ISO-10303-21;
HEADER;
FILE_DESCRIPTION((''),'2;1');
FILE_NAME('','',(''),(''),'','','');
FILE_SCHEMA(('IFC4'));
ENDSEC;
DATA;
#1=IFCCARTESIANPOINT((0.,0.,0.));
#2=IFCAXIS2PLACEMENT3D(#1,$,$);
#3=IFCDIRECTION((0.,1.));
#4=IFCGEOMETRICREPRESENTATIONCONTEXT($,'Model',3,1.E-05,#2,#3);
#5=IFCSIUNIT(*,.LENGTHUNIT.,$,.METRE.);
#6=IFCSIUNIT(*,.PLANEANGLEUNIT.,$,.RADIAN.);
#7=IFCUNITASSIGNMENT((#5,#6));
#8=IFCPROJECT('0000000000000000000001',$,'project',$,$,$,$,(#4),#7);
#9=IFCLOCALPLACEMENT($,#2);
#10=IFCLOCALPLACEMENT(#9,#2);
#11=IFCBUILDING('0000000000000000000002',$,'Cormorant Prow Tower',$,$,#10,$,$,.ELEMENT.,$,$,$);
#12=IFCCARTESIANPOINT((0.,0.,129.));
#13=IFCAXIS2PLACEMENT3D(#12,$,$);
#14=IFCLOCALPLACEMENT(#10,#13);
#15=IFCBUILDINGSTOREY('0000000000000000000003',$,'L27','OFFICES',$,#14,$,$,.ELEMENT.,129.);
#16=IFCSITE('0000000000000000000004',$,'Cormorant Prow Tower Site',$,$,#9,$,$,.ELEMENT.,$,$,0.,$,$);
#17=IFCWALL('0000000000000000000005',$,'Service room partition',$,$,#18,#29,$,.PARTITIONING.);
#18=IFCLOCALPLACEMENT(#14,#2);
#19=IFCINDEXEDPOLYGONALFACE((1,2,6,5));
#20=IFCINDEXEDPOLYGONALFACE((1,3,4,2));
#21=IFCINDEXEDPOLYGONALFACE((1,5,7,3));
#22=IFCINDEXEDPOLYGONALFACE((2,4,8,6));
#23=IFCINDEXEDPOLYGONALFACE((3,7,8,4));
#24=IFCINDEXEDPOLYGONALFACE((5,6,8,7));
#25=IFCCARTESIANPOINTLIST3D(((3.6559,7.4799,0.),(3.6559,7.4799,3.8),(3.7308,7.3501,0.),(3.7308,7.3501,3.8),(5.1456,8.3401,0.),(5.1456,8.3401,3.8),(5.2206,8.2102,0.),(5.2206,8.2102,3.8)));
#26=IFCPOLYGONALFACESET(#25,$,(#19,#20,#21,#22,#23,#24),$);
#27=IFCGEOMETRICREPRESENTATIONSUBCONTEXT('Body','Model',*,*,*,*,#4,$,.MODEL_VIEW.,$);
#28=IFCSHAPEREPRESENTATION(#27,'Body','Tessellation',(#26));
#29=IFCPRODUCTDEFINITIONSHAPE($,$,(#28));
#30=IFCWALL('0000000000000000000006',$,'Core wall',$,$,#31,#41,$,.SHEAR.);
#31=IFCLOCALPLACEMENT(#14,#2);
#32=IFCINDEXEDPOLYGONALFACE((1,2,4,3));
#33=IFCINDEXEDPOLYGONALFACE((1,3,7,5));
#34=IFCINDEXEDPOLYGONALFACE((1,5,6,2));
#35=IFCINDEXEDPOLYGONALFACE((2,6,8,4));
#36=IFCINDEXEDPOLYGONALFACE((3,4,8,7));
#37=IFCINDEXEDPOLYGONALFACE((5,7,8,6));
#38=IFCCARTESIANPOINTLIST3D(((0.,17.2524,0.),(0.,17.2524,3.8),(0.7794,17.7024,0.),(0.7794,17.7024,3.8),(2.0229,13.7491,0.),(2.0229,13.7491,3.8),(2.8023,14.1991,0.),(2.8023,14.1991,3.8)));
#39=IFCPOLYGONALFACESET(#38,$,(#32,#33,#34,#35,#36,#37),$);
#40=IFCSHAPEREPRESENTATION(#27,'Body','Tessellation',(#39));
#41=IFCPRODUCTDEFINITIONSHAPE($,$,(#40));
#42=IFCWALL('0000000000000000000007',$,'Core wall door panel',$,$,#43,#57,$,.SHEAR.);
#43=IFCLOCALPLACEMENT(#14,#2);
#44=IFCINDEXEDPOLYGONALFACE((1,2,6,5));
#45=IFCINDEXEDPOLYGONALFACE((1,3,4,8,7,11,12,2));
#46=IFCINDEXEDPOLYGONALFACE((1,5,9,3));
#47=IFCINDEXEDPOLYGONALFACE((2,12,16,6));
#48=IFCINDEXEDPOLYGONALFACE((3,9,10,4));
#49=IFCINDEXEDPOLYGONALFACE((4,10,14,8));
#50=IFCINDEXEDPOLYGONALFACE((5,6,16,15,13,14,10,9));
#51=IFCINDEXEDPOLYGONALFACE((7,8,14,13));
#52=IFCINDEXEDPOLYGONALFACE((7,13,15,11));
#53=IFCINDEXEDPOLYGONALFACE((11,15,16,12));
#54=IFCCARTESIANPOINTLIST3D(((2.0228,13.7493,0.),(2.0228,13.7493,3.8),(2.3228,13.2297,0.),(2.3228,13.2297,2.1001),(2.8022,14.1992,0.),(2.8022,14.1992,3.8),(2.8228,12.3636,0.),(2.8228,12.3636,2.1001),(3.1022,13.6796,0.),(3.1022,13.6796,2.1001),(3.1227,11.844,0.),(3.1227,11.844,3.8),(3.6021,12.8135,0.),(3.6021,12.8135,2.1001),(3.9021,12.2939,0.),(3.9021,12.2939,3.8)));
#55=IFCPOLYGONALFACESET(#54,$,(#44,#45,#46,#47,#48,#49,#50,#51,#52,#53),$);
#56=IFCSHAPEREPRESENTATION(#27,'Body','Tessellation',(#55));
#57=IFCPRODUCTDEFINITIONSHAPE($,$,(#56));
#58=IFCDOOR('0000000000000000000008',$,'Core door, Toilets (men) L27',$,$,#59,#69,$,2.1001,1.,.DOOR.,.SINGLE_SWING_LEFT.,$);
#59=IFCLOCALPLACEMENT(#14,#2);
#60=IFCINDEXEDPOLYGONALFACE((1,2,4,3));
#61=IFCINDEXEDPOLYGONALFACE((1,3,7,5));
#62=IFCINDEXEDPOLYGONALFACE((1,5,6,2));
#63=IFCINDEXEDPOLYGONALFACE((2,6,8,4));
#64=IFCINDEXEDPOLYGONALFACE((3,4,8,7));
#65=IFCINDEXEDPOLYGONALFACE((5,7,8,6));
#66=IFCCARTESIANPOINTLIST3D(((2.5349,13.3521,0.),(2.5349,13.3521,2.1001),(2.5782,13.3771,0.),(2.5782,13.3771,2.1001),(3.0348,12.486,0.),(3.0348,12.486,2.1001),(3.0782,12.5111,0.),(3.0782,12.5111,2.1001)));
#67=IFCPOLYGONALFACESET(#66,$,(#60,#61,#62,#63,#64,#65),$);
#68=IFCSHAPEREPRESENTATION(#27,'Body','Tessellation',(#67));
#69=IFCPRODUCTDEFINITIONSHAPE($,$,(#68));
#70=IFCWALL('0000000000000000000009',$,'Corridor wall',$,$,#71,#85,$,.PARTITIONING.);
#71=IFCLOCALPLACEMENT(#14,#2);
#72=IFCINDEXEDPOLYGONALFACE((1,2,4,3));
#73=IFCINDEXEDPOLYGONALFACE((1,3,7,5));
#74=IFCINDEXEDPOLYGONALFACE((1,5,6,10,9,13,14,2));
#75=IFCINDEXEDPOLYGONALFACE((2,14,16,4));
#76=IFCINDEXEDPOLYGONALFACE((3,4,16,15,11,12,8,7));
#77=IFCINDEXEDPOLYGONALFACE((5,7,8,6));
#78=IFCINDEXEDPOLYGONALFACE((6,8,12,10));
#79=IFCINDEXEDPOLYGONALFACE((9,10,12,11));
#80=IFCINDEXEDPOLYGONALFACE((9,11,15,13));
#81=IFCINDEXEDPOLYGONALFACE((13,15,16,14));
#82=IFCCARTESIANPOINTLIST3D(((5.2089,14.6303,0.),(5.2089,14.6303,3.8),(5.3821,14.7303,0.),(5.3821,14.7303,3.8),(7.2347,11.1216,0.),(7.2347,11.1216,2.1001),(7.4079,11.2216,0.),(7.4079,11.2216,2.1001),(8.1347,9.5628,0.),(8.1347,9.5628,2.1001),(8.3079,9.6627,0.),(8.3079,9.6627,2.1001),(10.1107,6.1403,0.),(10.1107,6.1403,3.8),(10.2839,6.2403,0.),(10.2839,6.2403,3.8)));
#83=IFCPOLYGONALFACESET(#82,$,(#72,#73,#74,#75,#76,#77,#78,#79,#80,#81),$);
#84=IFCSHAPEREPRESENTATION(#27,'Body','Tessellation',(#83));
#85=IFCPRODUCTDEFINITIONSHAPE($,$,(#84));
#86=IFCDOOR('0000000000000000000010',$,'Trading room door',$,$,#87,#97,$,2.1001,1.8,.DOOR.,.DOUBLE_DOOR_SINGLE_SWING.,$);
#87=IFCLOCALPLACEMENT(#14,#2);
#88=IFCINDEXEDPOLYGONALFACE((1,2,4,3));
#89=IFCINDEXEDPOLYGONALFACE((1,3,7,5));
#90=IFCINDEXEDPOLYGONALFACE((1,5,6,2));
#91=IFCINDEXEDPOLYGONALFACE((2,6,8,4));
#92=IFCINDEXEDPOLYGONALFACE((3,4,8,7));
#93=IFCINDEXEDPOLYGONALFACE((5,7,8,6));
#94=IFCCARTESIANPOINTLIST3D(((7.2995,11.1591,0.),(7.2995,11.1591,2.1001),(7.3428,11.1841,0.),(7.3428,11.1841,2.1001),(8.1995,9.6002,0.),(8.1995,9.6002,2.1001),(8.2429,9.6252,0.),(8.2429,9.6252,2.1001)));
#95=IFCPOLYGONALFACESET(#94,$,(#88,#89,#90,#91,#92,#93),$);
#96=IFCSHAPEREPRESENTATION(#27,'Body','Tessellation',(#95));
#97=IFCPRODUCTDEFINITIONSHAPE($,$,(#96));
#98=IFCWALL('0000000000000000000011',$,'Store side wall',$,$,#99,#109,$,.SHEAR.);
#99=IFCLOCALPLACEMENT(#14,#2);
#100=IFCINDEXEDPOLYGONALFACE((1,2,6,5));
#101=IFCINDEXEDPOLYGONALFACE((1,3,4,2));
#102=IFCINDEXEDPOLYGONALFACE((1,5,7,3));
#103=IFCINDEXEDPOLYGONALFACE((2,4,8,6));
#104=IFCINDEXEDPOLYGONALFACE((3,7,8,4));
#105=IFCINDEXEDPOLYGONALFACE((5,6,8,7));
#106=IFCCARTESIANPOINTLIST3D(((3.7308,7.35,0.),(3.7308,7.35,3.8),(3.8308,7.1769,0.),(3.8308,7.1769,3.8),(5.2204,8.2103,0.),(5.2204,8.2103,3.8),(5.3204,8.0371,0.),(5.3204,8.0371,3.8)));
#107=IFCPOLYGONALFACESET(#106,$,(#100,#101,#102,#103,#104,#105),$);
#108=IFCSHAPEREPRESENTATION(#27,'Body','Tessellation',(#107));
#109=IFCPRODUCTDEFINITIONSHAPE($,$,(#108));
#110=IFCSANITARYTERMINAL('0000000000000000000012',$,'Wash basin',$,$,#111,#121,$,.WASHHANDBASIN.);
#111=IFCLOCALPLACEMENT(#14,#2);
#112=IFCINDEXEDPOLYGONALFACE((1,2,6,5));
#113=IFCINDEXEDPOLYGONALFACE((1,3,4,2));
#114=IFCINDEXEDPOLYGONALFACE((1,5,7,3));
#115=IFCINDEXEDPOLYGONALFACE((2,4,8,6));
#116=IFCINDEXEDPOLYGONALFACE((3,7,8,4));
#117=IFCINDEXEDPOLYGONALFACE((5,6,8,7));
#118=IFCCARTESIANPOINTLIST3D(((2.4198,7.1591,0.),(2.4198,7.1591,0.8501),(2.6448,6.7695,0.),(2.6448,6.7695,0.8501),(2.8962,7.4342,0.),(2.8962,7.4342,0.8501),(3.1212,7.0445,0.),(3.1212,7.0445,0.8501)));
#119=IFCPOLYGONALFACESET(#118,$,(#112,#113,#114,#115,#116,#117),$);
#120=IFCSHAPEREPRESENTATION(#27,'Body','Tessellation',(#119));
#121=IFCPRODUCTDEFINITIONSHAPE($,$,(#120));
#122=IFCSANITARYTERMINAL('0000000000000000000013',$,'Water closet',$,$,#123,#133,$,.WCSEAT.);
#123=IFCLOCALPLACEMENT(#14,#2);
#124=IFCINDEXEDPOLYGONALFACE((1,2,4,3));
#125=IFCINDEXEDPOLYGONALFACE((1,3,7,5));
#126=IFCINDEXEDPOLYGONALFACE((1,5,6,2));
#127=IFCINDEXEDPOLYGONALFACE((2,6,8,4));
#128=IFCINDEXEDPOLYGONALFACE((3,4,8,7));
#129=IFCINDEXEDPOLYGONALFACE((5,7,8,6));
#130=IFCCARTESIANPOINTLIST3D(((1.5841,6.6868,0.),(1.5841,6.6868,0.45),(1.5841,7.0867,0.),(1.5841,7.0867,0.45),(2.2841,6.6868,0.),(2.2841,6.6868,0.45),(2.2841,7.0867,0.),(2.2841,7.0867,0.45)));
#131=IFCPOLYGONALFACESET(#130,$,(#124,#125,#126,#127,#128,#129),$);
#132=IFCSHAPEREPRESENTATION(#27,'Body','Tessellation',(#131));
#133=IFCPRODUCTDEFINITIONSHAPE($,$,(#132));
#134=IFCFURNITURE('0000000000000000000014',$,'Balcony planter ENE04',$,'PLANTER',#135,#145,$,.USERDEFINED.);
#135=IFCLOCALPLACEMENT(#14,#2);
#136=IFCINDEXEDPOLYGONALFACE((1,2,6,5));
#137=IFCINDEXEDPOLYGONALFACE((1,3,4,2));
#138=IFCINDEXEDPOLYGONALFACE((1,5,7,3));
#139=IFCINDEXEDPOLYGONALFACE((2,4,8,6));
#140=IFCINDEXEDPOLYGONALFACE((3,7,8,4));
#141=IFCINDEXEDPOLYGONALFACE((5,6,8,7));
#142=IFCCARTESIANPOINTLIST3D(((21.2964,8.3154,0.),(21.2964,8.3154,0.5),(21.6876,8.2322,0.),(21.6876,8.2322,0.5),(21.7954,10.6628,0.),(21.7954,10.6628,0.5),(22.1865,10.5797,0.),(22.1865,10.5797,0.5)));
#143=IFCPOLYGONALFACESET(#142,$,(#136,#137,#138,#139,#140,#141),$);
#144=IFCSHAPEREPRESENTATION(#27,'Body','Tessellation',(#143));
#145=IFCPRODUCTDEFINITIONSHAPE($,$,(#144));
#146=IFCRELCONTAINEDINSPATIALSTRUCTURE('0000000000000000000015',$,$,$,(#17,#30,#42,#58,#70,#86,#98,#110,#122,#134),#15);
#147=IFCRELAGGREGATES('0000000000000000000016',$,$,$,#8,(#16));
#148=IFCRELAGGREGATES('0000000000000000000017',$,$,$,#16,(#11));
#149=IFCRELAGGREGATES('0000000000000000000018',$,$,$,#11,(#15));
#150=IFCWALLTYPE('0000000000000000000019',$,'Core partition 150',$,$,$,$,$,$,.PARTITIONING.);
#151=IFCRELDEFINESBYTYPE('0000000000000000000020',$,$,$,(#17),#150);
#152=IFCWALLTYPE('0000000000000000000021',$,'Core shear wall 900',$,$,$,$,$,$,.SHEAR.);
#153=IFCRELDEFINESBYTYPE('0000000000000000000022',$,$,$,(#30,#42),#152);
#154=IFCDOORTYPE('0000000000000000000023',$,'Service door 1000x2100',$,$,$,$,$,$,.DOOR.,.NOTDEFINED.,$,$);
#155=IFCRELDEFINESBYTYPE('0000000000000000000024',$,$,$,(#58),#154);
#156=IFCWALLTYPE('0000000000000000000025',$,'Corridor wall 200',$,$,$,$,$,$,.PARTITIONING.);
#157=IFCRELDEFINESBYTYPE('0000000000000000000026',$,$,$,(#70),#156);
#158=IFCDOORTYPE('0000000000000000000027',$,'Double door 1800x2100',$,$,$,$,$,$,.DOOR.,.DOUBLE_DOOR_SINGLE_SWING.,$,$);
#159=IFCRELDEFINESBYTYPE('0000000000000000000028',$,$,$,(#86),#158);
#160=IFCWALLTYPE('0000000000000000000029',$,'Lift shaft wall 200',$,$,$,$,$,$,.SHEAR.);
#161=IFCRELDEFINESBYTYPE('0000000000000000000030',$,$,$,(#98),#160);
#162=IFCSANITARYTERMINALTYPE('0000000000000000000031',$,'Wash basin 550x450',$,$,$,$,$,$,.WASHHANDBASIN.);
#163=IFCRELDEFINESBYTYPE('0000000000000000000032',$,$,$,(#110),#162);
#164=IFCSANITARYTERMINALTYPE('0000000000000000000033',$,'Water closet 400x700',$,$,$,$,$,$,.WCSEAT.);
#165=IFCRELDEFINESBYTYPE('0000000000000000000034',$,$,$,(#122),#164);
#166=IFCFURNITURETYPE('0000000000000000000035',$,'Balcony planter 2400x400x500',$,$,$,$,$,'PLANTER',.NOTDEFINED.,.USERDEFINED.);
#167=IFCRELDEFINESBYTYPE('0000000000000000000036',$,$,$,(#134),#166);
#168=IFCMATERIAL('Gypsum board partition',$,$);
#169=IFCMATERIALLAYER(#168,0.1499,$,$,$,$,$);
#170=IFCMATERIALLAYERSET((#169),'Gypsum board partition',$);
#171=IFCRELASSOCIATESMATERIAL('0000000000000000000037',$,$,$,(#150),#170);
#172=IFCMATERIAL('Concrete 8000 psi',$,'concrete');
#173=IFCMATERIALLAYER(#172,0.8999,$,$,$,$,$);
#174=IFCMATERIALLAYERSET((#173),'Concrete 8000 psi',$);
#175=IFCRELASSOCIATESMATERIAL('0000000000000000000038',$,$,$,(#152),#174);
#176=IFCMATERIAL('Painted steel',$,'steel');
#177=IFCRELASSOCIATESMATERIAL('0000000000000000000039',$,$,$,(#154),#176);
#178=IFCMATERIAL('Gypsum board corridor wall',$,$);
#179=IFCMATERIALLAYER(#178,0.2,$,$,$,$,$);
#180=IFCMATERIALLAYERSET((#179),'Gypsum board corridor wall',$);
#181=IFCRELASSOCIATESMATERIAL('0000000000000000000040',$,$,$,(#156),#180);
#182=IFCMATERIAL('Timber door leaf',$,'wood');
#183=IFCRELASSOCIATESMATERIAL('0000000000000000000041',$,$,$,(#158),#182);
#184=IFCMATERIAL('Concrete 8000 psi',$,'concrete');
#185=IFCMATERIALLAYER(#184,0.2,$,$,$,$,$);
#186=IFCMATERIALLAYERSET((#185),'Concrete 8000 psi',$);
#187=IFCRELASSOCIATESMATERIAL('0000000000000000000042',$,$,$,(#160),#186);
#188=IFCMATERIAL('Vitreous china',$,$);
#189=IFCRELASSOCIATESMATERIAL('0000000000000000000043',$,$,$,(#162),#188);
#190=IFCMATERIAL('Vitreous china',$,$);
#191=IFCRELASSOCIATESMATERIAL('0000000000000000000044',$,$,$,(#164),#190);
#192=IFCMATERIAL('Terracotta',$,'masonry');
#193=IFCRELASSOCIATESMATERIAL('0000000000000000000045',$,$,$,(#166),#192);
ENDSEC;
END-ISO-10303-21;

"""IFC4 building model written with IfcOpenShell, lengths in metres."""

from ifc_helpers import new_model, si_unit, direction, frame, frame_2d, origin, origin_2d, place, context, subcontext, project, spatial, rectangle, extrude, material, layer, layer_set, type_object, element, fill, save


model = new_model("IFC4")

# Units and contexts
model_context = context("Model", 3, precision=1e-05, world=origin(), true_north=direction((0.0, 1.0)))
body_context = subcontext(model_context, "Body", "Model", "MODEL_VIEW")
ifc_project = project(units=[si_unit("LENGTHUNIT", "METRE"), si_unit("PLANEANGLEUNIT", "RADIAN")], contexts=[model_context])

# Site, building, storey
site_placement = place(None, origin())
site = spatial("IfcSite", under=ifc_project, at=site_placement, Name="Cormorant Prow Tower Site", CompositionType="ELEMENT", RefElevation=0.0)
building_placement = place(site_placement, origin())
building = spatial("IfcBuilding", under=site, at=building_placement, Name="Cormorant Prow Tower", CompositionType="ELEMENT")
storey_placement = place(building_placement, frame((0.0, 0.0, 129.0)))
storey = spatial("IfcBuildingStorey", under=building, at=storey_placement, Name="L27", Description="OFFICES", CompositionType="ELEMENT", Elevation=129.0)

# Walls
ifc_material_1 = material(Name="Gypsum board partition")
ifc_layer_1 = layer(ifc_material_1, 0.1499)
ifc_layer_set_1 = layer_set([ifc_layer_1], Name="Gypsum board partition")
wall_type_1 = type_object("IfcWallType", Name="Core partition 150", PredefinedType="PARTITIONING", material=ifc_layer_set_1)
wall_1_placement = place(storey_placement, frame((3.6934, 7.415, 0.0), z_axis=(0.0, 0.0, 1.0), x_axis=(0.866025, 0.500001, 0.0)))
element("IfcWall", 1, at=wall_1_placement, inside=storey, type_object=wall_type_1, Name="Service room partition", PredefinedType="PARTITIONING", context=body_context, shape_type="SweptSolid", body=[
    extrude(rectangle(XDim=1.7202, YDim=0.1499, at=frame_2d((0.8601, 0.0))), origin(), (0.0, 0.0, 1.0), 3.8),
])
ifc_material_2 = material(Name="Concrete 8000 psi", Category="concrete")
ifc_layer_2 = layer(ifc_material_2, 0.8999)
ifc_layer_set_2 = layer_set([ifc_layer_2], Name="Concrete 8000 psi")
wall_type_2 = type_object("IfcWallType", Name="Core shear wall 900", PredefinedType="SHEAR", material=ifc_layer_set_2)
wall_2_placement = place(storey_placement, frame((2.4126, 13.9741, 0.0), z_axis=(0.0, 0.0, 1.0), x_axis=(-0.500046, 0.865999, 0.0)))
element("IfcWall", 2, at=wall_2_placement, inside=storey, type_object=wall_type_2, Name="Core wall", PredefinedType="SHEAR", context=body_context, shape_type="SweptSolid", body=[
    extrude(rectangle(XDim=4.0454, YDim=0.8999, at=frame_2d((2.0227, 0.0))), origin(), (0.0, 0.0, 1.0), 3.8),
])

# Walls, openings, doors
wall_3_placement = place(storey_placement, frame((3.5125, 12.0688, 0.0), z_axis=(0.0, 0.0, 1.0), x_axis=(-0.499947, 0.866056, 0.0)))
wall_3 = element("IfcWall", 3, at=wall_3_placement, inside=storey, type_object=wall_type_2, Name="Core wall door panel", PredefinedType="SHEAR", context=body_context, shape_type="SweptSolid", body=[
    extrude(rectangle(XDim=2.2, YDim=0.8999, at=frame_2d((1.1001, 0.0))), origin(), (0.0, 0.0, 1.0), 3.8),
])
opening_1_placement = place(wall_3_placement, frame((0.6001, 0.0, 0.0)))
opening_1 = element("IfcOpeningElement", 4, at=opening_1_placement, cuts=wall_3, PredefinedType="OPENING", context=body_context, shape_type="SweptSolid", body=[
    extrude(rectangle(XDim=1.0, YDim=2.1001, at=frame_2d((0.5, 1.05))), frame((0.0, 0.46, 0.0), z_axis=(0.0, -1.0, 0.0), x_axis=(1.0, 0.0, 0.0)), (0.0, 0.0, 1.0), 0.9199),
])
ifc_material_3 = material(Name="Painted steel", Category="steel")
door_type_1 = type_object("IfcDoorType", Name="Service door 1000x2100", OperationType="NOTDEFINED", PredefinedType="DOOR", material=ifc_material_3)
door_1_placement = place(opening_1_placement, origin())
door_1 = element("IfcDoor", 5, at=door_1_placement, inside=storey, type_object=door_type_1, Name="Core door, Toilets (men) L27", OperationType="SINGLE_SWING_LEFT", OverallHeight=2.1001, OverallWidth=1.0, PredefinedType="DOOR", context=body_context, shape_type="SweptSolid", body=[
    extrude(rectangle(XDim=1.0, YDim=2.1001, at=frame_2d((0.5, 1.05))), frame((0.0, 0.2051, 0.0), z_axis=(0.0, -1.0, 0.0), x_axis=(1.0, 0.0, 0.0)), (0.0, 0.0, 1.0), 0.05),
])
fill(opening_1, door_1)
ifc_material_4 = material(Name="Gypsum board corridor wall")
ifc_layer_3 = layer(ifc_material_4, 0.2)
ifc_layer_set_3 = layer_set([ifc_layer_3], Name="Gypsum board corridor wall")
wall_type_3 = type_object("IfcWallType", Name="Corridor wall 200", PredefinedType="PARTITIONING", material=ifc_layer_set_3)
wall_4_placement = place(storey_placement, frame((5.2954, 14.6804, 0.0), z_axis=(0.0, 0.0, 1.0), x_axis=(0.500012, -0.866018, 0.0)))
wall_4 = element("IfcWall", 6, at=wall_4_placement, inside=storey, type_object=wall_type_3, Name="Corridor wall", PredefinedType="PARTITIONING", context=body_context, shape_type="SweptSolid", body=[
    extrude(rectangle(XDim=9.8035, YDim=0.2, at=frame_2d((4.9019, 0.0))), origin(), (0.0, 0.0, 1.0), 3.8),
])
opening_2_placement = place(wall_4_placement, frame((4.0518, 0.0, 0.0)))
opening_2 = element("IfcOpeningElement", 7, at=opening_2_placement, cuts=wall_4, PredefinedType="OPENING", context=body_context, shape_type="SweptSolid", body=[
    extrude(rectangle(XDim=1.8, YDim=2.1001, at=frame_2d((0.8999, 1.05))), frame((0.0, 0.1099, 0.0), z_axis=(0.0, -1.0, 0.0), x_axis=(1.0, 0.0, 0.0)), (0.0, 0.0, 1.0), 0.22),
])
ifc_material_5 = material(Name="Timber door leaf", Category="wood")
door_type_2 = type_object("IfcDoorType", Name="Double door 1800x2100", OperationType="DOUBLE_DOOR_SINGLE_SWING", PredefinedType="DOOR", material=ifc_material_5)
door_2_placement = place(opening_2_placement, origin())
door_2 = element("IfcDoor", 8, at=door_2_placement, inside=storey, type_object=door_type_2, Name="Trading room door", OperationType="DOUBLE_DOOR_SINGLE_SWING", OverallHeight=2.1001, OverallWidth=1.8, PredefinedType="DOOR", context=body_context, shape_type="SweptSolid", body=[
    extrude(rectangle(XDim=1.8, YDim=2.1001, at=frame_2d((0.8999, 1.05))), frame((0.0, 0.0249, 0.0), z_axis=(0.0, -1.0, 0.0), x_axis=(1.0, 0.0, 0.0)), (0.0, 0.0, 1.0), 0.05),
])
fill(opening_2, door_2)

# Wall
ifc_material_6 = material(Name="Concrete 8000 psi", Category="concrete")
ifc_layer_4 = layer(ifc_material_6, 0.2)
ifc_layer_set_4 = layer_set([ifc_layer_4], Name="Concrete 8000 psi")
wall_type_4 = type_object("IfcWallType", Name="Lift shaft wall 200", PredefinedType="SHEAR", material=ifc_layer_set_4)
wall_5_placement = place(storey_placement, frame((3.7808, 7.2634, 0.0), z_axis=(0.0, 0.0, 1.0), x_axis=(0.865963, 0.500107, 0.0)))
element("IfcWall", 9, at=wall_5_placement, inside=storey, type_object=wall_type_4, Name="Store side wall", PredefinedType="SHEAR", context=body_context, shape_type="SweptSolid", body=[
    extrude(rectangle(XDim=1.7202, YDim=0.2, at=frame_2d((0.8601, 0.0))), origin(), (0.0, 0.0, 1.0), 3.8),
])

# Sanitary terminals
ifc_material_7 = material(Name="Vitreous china")
sanitary_terminal_type_1 = type_object("IfcSanitaryTerminalType", Name="Wash basin 550x450", PredefinedType="WASHHANDBASIN", material=ifc_material_7)
sanitary_terminal_1_placement = place(storey_placement, frame((2.7705, 7.1018, 0.0), z_axis=(0.0, 0.0, 1.0), x_axis=(0.866034, 0.499985, 0.0)))
element("IfcSanitaryTerminal", 10, at=sanitary_terminal_1_placement, inside=storey, type_object=sanitary_terminal_type_1, Name="Wash basin", PredefinedType="WASHHANDBASIN", context=body_context, shape_type="SweptSolid", body=[
    extrude(rectangle(XDim=0.55, YDim=0.45, at=origin_2d()), origin(), (0.0, 0.0, 1.0), 0.8501),
])
ifc_material_8 = material(Name="Vitreous china")
sanitary_terminal_type_2 = type_object("IfcSanitaryTerminalType", Name="Water closet 400x700", PredefinedType="WCSEAT", material=ifc_material_8)
sanitary_terminal_2_placement = place(storey_placement, frame((1.9341, 6.8867, 0.0), z_axis=(0.0, 0.0, 1.0), x_axis=(0.0, -1.0, 0.0)))
element("IfcSanitaryTerminal", 11, at=sanitary_terminal_2_placement, inside=storey, type_object=sanitary_terminal_type_2, Name="Water closet", PredefinedType="WCSEAT", context=body_context, shape_type="SweptSolid", body=[
    extrude(rectangle(XDim=0.3999, YDim=0.7, at=origin_2d()), origin(), (0.0, 0.0, 1.0), 0.45),
])

# Furniture
ifc_material_9 = material(Name="Terracotta", Category="masonry")
furniture_type = type_object("IfcFurnitureType", Name="Balcony planter 2400x400x500", ElementType="PLANTER", AssemblyPlace="NOTDEFINED", PredefinedType="USERDEFINED", material=ifc_material_9)
furniture_placement = place(storey_placement, frame((21.7415, 9.4475, 0.0), z_axis=(0.0, 0.0, 1.0), x_axis=(0.207912, 0.978148, 0.0)))
element("IfcFurniture", 12, at=furniture_placement, inside=storey, type_object=furniture_type, Name="Balcony planter ENE04", ObjectType="PLANTER", PredefinedType="USERDEFINED", context=body_context, shape_type="SweptSolid", body=[
    extrude(rectangle(XDim=2.3999, YDim=0.3999, at=origin_2d()), origin(), (0.0, 0.0, 1.0), 0.5),
])

save(model, "model.ifc")
